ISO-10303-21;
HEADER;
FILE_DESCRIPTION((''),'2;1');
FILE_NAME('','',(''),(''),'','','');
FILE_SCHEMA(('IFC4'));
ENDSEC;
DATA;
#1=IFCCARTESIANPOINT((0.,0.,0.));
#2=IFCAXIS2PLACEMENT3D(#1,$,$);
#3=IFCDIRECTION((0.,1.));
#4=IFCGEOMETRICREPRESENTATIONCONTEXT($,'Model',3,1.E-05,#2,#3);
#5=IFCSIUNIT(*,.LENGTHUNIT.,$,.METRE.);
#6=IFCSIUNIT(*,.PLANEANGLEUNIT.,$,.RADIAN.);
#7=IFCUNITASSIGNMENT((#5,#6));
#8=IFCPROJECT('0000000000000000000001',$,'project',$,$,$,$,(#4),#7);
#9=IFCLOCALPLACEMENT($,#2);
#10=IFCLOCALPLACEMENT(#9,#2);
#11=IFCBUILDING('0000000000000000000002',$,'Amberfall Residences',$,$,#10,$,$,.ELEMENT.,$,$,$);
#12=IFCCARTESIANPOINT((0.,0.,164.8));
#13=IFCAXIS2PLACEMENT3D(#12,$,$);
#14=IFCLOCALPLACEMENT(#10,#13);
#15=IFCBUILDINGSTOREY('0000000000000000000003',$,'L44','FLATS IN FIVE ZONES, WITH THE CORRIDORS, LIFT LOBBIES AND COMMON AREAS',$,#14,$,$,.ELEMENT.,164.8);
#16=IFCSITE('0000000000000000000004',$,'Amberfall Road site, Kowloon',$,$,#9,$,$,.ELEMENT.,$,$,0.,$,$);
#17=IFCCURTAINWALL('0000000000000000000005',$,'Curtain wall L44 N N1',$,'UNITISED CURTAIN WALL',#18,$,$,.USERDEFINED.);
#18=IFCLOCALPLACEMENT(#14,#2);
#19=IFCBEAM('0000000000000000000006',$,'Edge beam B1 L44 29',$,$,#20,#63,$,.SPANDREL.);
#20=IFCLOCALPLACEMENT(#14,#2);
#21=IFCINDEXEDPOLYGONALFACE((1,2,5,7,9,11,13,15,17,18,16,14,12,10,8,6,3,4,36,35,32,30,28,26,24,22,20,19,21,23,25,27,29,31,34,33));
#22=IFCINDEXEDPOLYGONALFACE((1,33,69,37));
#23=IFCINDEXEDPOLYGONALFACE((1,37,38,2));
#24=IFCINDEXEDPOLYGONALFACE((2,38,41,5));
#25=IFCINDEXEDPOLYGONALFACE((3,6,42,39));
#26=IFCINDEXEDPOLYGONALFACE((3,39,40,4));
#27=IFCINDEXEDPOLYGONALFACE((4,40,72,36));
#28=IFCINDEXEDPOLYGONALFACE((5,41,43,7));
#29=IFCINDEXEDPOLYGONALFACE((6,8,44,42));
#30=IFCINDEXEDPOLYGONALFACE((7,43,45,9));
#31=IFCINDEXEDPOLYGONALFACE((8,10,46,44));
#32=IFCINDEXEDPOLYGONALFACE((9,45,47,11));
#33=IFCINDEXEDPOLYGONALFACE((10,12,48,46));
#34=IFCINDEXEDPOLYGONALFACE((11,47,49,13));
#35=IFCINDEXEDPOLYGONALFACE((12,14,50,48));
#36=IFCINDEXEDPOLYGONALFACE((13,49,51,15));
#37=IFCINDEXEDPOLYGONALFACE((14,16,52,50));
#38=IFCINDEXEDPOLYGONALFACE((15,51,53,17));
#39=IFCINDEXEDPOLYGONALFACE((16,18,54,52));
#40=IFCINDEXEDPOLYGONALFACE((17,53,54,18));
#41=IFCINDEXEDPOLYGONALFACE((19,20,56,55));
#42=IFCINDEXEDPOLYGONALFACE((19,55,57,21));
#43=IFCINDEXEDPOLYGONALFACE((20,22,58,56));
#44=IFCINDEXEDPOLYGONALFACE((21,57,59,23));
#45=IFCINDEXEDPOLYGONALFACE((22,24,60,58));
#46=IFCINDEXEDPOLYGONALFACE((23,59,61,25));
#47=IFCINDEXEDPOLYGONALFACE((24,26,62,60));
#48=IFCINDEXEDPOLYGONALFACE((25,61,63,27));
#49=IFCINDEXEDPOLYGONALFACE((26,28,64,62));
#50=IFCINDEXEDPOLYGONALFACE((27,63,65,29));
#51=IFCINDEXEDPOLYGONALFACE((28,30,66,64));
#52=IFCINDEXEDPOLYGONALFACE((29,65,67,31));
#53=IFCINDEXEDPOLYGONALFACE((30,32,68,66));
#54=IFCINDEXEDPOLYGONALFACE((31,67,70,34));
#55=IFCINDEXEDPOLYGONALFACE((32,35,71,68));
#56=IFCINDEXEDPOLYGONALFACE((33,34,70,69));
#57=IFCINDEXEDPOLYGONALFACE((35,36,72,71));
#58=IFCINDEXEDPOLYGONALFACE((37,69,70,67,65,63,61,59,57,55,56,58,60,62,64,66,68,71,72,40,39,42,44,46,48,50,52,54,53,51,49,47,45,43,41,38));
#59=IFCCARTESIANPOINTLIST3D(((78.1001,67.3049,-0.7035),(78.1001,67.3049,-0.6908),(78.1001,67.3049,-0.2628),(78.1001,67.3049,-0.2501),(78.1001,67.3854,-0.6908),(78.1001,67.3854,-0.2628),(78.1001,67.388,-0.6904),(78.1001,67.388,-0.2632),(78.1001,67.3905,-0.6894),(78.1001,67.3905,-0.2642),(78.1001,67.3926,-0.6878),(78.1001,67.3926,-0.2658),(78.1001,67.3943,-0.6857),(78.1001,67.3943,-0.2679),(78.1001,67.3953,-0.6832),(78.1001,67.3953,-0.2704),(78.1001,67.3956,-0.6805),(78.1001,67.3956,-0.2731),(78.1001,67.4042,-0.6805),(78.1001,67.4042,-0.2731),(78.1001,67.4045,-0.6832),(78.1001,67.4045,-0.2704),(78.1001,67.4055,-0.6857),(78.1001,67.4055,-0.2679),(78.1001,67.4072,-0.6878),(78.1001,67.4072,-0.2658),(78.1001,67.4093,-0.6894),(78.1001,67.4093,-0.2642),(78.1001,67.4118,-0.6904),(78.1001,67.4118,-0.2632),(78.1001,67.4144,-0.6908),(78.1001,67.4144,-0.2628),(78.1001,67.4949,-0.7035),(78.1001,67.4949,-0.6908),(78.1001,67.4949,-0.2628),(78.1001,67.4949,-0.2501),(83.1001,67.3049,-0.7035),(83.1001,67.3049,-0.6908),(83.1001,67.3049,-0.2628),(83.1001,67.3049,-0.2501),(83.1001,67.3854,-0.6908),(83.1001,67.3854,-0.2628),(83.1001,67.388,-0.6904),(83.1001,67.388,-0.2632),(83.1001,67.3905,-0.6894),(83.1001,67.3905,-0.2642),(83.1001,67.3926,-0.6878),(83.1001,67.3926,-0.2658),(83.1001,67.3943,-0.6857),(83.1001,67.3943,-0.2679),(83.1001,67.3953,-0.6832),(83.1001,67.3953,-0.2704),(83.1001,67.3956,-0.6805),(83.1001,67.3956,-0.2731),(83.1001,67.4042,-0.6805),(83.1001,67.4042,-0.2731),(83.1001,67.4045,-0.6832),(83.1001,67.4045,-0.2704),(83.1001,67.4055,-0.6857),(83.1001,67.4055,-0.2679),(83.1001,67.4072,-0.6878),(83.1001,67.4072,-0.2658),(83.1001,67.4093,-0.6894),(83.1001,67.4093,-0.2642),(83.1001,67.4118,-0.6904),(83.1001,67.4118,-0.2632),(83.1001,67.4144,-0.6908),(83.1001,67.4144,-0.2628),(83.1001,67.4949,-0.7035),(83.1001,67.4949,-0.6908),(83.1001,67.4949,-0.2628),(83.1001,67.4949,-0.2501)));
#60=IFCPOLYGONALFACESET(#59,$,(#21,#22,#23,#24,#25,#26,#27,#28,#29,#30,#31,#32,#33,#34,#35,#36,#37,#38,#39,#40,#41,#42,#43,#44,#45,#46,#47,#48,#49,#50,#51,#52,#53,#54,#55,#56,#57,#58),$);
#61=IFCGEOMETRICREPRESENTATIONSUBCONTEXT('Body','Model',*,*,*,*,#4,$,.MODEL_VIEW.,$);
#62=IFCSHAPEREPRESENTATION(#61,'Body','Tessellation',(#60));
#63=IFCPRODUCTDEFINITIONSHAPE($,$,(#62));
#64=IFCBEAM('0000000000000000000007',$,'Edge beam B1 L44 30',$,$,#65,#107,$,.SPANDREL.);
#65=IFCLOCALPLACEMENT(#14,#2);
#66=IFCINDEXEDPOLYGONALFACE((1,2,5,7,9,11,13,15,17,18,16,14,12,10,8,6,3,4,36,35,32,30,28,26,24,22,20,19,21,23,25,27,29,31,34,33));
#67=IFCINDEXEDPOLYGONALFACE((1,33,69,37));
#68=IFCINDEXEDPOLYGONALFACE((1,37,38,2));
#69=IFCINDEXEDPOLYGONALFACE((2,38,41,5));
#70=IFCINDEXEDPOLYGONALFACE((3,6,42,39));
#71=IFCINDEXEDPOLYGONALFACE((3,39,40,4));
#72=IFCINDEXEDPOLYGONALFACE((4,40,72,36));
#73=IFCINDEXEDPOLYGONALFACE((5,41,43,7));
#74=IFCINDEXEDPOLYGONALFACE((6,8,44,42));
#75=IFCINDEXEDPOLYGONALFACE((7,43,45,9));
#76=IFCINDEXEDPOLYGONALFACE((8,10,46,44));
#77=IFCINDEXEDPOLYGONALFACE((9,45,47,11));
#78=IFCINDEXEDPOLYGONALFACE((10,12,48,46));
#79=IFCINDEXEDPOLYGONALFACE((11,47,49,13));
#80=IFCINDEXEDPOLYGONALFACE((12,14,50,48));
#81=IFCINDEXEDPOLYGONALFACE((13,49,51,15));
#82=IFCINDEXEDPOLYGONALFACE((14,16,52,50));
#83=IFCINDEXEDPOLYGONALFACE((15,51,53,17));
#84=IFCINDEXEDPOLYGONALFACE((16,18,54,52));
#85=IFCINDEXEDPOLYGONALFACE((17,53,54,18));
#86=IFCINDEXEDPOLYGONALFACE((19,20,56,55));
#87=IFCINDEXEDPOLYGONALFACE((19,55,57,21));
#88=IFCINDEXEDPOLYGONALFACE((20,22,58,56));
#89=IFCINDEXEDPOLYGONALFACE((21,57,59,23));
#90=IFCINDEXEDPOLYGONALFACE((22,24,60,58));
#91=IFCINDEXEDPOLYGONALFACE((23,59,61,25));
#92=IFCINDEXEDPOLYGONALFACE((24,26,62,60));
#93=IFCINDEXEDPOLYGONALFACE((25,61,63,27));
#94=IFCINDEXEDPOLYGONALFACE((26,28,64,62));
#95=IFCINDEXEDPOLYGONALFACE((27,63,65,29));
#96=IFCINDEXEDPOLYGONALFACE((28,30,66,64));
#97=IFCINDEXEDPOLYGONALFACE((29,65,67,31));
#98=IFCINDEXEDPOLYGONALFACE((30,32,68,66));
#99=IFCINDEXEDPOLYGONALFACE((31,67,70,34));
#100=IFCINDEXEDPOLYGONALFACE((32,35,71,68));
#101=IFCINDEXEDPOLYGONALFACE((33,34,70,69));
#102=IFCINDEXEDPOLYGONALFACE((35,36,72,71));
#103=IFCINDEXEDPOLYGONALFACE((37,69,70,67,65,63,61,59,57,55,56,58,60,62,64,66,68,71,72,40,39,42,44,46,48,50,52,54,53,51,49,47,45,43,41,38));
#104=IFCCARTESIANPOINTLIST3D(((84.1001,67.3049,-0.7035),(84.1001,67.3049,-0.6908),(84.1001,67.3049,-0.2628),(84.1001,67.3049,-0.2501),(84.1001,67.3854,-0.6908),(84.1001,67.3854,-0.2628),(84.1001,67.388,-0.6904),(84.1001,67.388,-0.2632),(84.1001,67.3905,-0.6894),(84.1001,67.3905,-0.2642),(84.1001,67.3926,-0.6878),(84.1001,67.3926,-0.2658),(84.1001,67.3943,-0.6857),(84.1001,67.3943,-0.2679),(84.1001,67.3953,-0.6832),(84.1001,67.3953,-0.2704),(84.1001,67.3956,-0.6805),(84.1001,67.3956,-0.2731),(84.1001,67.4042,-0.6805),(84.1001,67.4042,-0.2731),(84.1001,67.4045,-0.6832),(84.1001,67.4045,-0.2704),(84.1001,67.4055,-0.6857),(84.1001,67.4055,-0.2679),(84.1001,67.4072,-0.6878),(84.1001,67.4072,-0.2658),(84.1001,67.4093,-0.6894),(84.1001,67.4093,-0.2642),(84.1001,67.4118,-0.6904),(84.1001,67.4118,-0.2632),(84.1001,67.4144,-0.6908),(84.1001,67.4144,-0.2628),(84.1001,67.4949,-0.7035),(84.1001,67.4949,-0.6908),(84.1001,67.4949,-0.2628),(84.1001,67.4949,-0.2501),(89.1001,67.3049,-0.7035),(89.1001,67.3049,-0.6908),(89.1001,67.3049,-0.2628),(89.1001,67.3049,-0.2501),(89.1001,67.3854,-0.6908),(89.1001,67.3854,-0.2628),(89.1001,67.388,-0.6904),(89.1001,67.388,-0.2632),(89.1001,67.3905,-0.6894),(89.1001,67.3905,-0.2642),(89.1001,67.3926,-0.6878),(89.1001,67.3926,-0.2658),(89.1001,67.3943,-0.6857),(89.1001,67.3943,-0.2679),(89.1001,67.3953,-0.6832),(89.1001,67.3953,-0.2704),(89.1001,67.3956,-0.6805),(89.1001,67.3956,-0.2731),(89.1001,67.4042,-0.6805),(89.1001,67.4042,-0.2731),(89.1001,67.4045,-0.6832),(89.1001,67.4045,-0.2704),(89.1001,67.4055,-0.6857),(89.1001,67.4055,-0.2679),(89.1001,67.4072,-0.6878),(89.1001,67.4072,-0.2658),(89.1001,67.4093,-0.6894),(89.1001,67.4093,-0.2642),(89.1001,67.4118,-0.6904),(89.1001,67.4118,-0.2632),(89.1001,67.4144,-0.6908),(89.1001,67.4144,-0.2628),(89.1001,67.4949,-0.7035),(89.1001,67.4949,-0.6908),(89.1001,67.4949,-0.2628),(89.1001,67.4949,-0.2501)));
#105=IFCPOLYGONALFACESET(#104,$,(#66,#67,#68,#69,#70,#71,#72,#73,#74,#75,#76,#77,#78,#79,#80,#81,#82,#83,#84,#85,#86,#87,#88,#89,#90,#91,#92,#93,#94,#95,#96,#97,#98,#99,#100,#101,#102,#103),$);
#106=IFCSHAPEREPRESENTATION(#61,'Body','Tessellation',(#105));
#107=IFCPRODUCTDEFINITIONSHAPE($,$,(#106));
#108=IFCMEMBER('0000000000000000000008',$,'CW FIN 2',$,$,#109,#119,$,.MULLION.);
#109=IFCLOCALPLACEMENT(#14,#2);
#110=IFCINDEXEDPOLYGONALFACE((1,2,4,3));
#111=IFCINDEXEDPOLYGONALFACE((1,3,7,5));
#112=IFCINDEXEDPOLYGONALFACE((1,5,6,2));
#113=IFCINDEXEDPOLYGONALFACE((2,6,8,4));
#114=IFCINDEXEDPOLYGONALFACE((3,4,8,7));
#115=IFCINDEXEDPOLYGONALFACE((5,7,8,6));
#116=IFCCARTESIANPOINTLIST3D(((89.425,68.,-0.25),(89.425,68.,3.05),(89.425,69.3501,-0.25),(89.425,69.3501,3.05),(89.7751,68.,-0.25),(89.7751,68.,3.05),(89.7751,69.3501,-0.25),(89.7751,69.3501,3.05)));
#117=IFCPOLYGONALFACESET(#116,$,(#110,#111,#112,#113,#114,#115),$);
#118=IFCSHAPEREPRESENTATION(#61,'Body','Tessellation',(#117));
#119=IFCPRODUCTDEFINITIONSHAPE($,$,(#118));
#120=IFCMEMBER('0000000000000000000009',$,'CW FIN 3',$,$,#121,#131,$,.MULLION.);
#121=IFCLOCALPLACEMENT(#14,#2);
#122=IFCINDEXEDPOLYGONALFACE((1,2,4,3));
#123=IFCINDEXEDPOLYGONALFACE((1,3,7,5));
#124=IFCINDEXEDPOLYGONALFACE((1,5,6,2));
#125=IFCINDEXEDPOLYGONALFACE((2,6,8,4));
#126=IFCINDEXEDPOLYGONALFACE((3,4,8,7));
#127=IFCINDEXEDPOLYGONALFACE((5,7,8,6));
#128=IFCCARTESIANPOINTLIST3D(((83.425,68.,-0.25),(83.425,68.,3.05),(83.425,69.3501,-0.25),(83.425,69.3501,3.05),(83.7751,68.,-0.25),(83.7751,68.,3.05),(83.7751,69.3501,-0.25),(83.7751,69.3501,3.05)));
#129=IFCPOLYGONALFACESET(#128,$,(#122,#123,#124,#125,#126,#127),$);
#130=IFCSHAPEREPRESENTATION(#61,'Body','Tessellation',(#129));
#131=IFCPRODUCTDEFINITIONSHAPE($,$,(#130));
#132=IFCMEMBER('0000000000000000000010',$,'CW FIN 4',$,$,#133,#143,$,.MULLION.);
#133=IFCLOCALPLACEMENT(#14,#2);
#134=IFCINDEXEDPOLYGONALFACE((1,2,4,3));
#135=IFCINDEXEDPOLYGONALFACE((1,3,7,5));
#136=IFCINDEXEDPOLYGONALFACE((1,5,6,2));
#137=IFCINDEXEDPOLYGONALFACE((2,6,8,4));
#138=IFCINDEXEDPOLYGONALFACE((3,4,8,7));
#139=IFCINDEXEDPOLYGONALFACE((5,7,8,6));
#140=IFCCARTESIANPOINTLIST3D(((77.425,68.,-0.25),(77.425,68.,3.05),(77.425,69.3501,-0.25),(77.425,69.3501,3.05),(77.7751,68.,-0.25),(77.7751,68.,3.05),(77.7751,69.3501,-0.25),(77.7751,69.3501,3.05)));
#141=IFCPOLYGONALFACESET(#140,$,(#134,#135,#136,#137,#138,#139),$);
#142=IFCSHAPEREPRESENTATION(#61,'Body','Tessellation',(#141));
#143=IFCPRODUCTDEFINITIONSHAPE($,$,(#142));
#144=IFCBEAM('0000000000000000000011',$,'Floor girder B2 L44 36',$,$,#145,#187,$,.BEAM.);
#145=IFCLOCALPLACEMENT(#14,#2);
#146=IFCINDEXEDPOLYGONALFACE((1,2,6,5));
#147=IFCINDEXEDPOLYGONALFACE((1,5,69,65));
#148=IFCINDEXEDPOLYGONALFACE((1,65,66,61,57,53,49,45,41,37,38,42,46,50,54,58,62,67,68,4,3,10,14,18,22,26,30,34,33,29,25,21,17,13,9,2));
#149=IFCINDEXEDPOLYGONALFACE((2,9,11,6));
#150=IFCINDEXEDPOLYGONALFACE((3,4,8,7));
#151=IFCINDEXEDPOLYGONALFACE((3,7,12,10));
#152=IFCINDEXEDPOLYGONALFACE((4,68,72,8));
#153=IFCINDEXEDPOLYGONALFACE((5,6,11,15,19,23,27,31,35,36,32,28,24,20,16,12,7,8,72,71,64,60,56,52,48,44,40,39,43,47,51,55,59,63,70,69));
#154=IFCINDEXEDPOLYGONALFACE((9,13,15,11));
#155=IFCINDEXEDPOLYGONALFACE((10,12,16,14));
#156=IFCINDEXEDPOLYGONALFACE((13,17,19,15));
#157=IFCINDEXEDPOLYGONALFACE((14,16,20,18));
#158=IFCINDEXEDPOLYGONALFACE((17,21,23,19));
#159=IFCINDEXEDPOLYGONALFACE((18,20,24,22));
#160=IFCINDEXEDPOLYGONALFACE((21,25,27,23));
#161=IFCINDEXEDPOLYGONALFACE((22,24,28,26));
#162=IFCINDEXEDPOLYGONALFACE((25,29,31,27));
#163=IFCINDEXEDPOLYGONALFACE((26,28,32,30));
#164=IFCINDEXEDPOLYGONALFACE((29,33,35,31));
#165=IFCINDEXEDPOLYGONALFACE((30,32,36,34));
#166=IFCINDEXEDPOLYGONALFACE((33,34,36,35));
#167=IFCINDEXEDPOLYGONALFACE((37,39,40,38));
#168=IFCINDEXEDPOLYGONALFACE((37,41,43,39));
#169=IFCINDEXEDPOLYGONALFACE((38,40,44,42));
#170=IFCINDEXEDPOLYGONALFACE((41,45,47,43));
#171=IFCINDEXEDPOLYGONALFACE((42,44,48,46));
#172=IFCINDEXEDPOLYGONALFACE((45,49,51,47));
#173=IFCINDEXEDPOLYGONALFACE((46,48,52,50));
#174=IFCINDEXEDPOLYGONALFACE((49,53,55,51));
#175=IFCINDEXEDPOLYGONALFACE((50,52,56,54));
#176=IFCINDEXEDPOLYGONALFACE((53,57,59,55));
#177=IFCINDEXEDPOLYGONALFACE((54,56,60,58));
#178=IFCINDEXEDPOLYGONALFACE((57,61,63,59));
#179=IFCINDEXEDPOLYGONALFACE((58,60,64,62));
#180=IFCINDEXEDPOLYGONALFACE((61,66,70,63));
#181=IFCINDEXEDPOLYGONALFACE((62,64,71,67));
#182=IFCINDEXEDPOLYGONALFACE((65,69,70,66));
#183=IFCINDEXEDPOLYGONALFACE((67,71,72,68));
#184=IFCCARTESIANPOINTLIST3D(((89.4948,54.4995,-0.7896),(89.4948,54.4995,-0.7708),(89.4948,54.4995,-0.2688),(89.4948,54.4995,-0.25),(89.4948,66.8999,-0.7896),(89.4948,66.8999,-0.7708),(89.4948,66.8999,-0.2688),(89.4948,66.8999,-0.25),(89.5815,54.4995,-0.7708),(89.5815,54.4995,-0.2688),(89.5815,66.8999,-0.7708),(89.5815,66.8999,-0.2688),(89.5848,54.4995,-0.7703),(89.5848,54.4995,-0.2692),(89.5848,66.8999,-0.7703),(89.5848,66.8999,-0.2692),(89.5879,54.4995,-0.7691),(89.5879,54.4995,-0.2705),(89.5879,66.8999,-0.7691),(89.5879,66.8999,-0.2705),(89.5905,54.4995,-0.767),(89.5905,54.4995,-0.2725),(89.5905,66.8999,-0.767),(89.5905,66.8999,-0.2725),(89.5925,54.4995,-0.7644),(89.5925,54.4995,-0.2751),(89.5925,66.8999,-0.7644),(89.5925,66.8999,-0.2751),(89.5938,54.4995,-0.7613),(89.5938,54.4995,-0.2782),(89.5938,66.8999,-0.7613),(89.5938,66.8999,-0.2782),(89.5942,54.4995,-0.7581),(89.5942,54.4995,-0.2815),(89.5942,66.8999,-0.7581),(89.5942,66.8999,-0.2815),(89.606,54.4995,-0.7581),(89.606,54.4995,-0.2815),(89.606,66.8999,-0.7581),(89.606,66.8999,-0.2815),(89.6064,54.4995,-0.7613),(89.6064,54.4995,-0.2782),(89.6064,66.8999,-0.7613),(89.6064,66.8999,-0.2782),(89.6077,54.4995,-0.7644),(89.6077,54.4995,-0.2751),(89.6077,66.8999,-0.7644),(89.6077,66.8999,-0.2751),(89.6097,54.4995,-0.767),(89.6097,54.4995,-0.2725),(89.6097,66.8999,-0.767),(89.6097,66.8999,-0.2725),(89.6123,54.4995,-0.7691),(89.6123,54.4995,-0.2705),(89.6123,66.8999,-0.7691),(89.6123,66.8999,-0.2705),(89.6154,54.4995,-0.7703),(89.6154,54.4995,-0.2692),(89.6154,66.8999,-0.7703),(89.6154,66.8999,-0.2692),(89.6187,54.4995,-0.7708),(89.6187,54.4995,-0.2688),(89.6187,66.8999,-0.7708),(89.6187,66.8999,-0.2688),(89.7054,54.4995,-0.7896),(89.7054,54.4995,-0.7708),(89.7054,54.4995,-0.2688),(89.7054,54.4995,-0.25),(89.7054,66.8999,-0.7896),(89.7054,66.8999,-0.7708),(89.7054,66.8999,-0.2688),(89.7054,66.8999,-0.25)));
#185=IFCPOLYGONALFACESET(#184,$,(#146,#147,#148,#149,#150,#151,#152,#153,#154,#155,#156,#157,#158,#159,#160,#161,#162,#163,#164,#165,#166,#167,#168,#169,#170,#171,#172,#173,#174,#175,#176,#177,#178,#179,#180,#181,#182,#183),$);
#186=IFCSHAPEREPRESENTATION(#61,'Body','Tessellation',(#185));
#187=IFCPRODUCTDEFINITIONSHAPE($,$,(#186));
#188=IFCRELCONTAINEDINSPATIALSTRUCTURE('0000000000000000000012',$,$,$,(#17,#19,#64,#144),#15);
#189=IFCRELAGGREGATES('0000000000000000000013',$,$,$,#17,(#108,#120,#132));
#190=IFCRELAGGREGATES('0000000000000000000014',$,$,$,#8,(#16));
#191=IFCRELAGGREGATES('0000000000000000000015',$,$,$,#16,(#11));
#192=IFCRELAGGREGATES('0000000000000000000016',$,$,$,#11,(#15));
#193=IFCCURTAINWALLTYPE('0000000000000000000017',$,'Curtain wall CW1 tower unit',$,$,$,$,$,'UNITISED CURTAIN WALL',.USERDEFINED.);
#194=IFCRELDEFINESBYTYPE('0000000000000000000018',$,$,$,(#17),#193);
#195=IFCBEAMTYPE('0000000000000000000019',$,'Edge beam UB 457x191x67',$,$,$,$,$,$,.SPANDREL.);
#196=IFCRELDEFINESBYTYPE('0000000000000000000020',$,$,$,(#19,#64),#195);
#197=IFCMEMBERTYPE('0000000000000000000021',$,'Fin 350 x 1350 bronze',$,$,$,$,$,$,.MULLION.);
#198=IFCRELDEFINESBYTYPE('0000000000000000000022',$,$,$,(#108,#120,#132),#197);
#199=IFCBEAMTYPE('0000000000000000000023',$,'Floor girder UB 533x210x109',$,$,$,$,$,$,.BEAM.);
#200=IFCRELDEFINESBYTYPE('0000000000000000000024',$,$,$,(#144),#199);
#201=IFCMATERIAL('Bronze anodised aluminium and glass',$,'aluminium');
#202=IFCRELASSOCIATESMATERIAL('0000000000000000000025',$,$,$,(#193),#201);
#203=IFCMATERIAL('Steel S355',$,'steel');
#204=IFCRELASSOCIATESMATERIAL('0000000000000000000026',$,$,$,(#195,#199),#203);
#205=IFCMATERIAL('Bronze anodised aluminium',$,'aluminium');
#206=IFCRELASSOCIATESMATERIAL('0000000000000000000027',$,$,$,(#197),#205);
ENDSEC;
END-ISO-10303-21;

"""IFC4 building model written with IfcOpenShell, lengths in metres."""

from ifc_helpers import new_model, si_unit, direction, frame, origin, origin_2d, place, context, subcontext, project, spatial, rectangle, i_section, extrude, material, material_profile, profile_set, type_object, element, aggregate, save


model = new_model("IFC4")

# Units and contexts
model_context = context("Model", 3, precision=1e-05, world=origin(), true_north=direction((0.0, 1.0)))
body_context = subcontext(model_context, "Body", "Model", "MODEL_VIEW")
ifc_project = project(units=[si_unit("LENGTHUNIT", "METRE"), si_unit("PLANEANGLEUNIT", "RADIAN")], contexts=[model_context])

# Site, building, storey
site_placement = place(None, origin())
site = spatial("IfcSite", under=ifc_project, at=site_placement, Name="Amberfall Road site, Kowloon", CompositionType="ELEMENT", RefElevation=0.0)
building_placement = place(site_placement, origin())
building = spatial("IfcBuilding", under=site, at=building_placement, Name="Amberfall Residences", CompositionType="ELEMENT")
storey_placement = place(building_placement, frame((0.0, 0.0, 164.8)))
storey = spatial("IfcBuildingStorey", under=building, at=storey_placement, Name="L44", Description="FLATS IN FIVE ZONES, WITH THE CORRIDORS, LIFT LOBBIES AND COMMON AREAS", CompositionType="ELEMENT", Elevation=164.8)

# Curtain wall
ifc_material_1 = material(Name="Bronze anodised aluminium and glass", Category="aluminium")
curtain_wall_type = type_object("IfcCurtainWallType", Name="Curtain wall CW1 tower unit", ElementType="UNITISED CURTAIN WALL", PredefinedType="USERDEFINED", material=ifc_material_1)
curtain_wall_placement = place(storey_placement, origin())
curtain_wall = element("IfcCurtainWall", 1, at=curtain_wall_placement, inside=storey, type_object=curtain_wall_type, Name="Curtain wall L44 N N1", ObjectType="UNITISED CURTAIN WALL", PredefinedType="USERDEFINED")
ifc_material_2 = material(Name="Bronze anodised aluminium", Category="aluminium")

# Beams
ifc_material_3 = material(Name="Steel S355", Category="steel")
ifc_material_profile_1 = material_profile(ifc_material_3, i_section(OverallWidth=0.1899, OverallDepth=0.4534, WebThickness=0.0085, FlangeThickness=0.0127, FilletRadius=0.0103, at=origin_2d()), Name="UB 457x191x67")
ifc_profile_set_1 = profile_set([ifc_material_profile_1], Name="Steel S355")
beam_type_1 = type_object("IfcBeamType", Name="Edge beam UB 457x191x67", PredefinedType="SPANDREL", material=ifc_profile_set_1)
for number, where, z_axis, x_axis, name in (
    (2, (78.1001, 67.3999, -0.4768), (1.0, 0.0, 0.0), (0.0, 1.0, 0.0), "Edge beam B1 L44 29"),
    (3, (84.1001, 67.3999, -0.4768), (1.0, 0.0, 0.0), (0.0, 1.0, 0.0), "Edge beam B1 L44 30"),
):
    element("IfcBeam", number, at=place(storey_placement, frame(where, z_axis=z_axis, x_axis=x_axis)), inside=storey, type_object=beam_type_1, Name=name, PredefinedType="SPANDREL", context=body_context, shape_type="SweptSolid", body=[
        extrude(i_section(OverallWidth=0.1899, OverallDepth=0.4534, WebThickness=0.0085, FlangeThickness=0.0127, FilletRadius=0.0103, at=origin_2d()), origin(), (0.0, 0.0, 1.0), 5.0),
    ])

# Members
ifc_material_profile_2 = material_profile(ifc_material_2, rectangle(XDim=1.3501, YDim=0.3501, at=origin_2d()), Name="Fin 350 x 1350 bronze")
ifc_profile_set_2 = profile_set([ifc_material_profile_2], Name="Bronze anodised aluminium")
member_type_1 = type_object("IfcMemberType", Name="Fin 350 x 1350 bronze", PredefinedType="MULLION", material=ifc_profile_set_2)
member_1_placement = place(storey_placement, frame((89.6001, 68.675, -0.25), z_axis=(0.0, 0.0, 1.0), x_axis=(0.0, -1.0, 0.0)))
member_1 = element("IfcMember", 4, at=member_1_placement, type_object=member_type_1, Name="CW FIN 2", PredefinedType="MULLION", context=body_context, shape_type="SweptSolid", body=[
    extrude(rectangle(XDim=1.3501, YDim=0.3501, at=origin_2d()), origin(), (0.0, 0.0, 1.0), 3.3),
])
member_2_placement = place(storey_placement, frame((83.6001, 68.675, -0.25), z_axis=(0.0, 0.0, 1.0), x_axis=(0.0, -1.0, 0.0)))
member_2 = element("IfcMember", 5, at=member_2_placement, type_object=member_type_1, Name="CW FIN 3", PredefinedType="MULLION", context=body_context, shape_type="SweptSolid", body=[
    extrude(rectangle(XDim=1.3501, YDim=0.3501, at=origin_2d()), origin(), (0.0, 0.0, 1.0), 3.3),
])
member_3_placement = place(storey_placement, frame((77.6001, 68.675, -0.25), z_axis=(0.0, 0.0, 1.0), x_axis=(0.0, -1.0, 0.0)))
member_3 = element("IfcMember", 6, at=member_3_placement, type_object=member_type_1, Name="CW FIN 4", PredefinedType="MULLION", context=body_context, shape_type="SweptSolid", body=[
    extrude(rectangle(XDim=1.3501, YDim=0.3501, at=origin_2d()), origin(), (0.0, 0.0, 1.0), 3.3),
])

# Beam
ifc_material_profile_3 = material_profile(ifc_material_3, i_section(OverallWidth=0.2107, OverallDepth=0.5396, WebThickness=0.0117, FlangeThickness=0.0188, FilletRadius=0.0127, at=origin_2d()), Name="UB 533x210x109")
ifc_profile_set_3 = profile_set([ifc_material_profile_3], Name="Steel S355")
beam_type_2 = type_object("IfcBeamType", Name="Floor girder UB 533x210x109", PredefinedType="BEAM", material=ifc_profile_set_3)
beam_1_placement = place(storey_placement, frame((89.6001, 66.8999, -0.5198), z_axis=(0.0, -1.0, 0.0), x_axis=(1.0, 0.0, 0.0)))
element("IfcBeam", 7, at=beam_1_placement, inside=storey, type_object=beam_type_2, Name="Floor girder B2 L44 36", PredefinedType="BEAM", context=body_context, shape_type="SweptSolid", body=[
    extrude(i_section(OverallWidth=0.2107, OverallDepth=0.5396, WebThickness=0.0117, FlangeThickness=0.0188, FilletRadius=0.0127, at=origin_2d()), origin(), (0.0, 0.0, 1.0), 12.4004),
])

aggregate(curtain_wall, [member_1, member_2, member_3])

save(model, "model.ifc")
